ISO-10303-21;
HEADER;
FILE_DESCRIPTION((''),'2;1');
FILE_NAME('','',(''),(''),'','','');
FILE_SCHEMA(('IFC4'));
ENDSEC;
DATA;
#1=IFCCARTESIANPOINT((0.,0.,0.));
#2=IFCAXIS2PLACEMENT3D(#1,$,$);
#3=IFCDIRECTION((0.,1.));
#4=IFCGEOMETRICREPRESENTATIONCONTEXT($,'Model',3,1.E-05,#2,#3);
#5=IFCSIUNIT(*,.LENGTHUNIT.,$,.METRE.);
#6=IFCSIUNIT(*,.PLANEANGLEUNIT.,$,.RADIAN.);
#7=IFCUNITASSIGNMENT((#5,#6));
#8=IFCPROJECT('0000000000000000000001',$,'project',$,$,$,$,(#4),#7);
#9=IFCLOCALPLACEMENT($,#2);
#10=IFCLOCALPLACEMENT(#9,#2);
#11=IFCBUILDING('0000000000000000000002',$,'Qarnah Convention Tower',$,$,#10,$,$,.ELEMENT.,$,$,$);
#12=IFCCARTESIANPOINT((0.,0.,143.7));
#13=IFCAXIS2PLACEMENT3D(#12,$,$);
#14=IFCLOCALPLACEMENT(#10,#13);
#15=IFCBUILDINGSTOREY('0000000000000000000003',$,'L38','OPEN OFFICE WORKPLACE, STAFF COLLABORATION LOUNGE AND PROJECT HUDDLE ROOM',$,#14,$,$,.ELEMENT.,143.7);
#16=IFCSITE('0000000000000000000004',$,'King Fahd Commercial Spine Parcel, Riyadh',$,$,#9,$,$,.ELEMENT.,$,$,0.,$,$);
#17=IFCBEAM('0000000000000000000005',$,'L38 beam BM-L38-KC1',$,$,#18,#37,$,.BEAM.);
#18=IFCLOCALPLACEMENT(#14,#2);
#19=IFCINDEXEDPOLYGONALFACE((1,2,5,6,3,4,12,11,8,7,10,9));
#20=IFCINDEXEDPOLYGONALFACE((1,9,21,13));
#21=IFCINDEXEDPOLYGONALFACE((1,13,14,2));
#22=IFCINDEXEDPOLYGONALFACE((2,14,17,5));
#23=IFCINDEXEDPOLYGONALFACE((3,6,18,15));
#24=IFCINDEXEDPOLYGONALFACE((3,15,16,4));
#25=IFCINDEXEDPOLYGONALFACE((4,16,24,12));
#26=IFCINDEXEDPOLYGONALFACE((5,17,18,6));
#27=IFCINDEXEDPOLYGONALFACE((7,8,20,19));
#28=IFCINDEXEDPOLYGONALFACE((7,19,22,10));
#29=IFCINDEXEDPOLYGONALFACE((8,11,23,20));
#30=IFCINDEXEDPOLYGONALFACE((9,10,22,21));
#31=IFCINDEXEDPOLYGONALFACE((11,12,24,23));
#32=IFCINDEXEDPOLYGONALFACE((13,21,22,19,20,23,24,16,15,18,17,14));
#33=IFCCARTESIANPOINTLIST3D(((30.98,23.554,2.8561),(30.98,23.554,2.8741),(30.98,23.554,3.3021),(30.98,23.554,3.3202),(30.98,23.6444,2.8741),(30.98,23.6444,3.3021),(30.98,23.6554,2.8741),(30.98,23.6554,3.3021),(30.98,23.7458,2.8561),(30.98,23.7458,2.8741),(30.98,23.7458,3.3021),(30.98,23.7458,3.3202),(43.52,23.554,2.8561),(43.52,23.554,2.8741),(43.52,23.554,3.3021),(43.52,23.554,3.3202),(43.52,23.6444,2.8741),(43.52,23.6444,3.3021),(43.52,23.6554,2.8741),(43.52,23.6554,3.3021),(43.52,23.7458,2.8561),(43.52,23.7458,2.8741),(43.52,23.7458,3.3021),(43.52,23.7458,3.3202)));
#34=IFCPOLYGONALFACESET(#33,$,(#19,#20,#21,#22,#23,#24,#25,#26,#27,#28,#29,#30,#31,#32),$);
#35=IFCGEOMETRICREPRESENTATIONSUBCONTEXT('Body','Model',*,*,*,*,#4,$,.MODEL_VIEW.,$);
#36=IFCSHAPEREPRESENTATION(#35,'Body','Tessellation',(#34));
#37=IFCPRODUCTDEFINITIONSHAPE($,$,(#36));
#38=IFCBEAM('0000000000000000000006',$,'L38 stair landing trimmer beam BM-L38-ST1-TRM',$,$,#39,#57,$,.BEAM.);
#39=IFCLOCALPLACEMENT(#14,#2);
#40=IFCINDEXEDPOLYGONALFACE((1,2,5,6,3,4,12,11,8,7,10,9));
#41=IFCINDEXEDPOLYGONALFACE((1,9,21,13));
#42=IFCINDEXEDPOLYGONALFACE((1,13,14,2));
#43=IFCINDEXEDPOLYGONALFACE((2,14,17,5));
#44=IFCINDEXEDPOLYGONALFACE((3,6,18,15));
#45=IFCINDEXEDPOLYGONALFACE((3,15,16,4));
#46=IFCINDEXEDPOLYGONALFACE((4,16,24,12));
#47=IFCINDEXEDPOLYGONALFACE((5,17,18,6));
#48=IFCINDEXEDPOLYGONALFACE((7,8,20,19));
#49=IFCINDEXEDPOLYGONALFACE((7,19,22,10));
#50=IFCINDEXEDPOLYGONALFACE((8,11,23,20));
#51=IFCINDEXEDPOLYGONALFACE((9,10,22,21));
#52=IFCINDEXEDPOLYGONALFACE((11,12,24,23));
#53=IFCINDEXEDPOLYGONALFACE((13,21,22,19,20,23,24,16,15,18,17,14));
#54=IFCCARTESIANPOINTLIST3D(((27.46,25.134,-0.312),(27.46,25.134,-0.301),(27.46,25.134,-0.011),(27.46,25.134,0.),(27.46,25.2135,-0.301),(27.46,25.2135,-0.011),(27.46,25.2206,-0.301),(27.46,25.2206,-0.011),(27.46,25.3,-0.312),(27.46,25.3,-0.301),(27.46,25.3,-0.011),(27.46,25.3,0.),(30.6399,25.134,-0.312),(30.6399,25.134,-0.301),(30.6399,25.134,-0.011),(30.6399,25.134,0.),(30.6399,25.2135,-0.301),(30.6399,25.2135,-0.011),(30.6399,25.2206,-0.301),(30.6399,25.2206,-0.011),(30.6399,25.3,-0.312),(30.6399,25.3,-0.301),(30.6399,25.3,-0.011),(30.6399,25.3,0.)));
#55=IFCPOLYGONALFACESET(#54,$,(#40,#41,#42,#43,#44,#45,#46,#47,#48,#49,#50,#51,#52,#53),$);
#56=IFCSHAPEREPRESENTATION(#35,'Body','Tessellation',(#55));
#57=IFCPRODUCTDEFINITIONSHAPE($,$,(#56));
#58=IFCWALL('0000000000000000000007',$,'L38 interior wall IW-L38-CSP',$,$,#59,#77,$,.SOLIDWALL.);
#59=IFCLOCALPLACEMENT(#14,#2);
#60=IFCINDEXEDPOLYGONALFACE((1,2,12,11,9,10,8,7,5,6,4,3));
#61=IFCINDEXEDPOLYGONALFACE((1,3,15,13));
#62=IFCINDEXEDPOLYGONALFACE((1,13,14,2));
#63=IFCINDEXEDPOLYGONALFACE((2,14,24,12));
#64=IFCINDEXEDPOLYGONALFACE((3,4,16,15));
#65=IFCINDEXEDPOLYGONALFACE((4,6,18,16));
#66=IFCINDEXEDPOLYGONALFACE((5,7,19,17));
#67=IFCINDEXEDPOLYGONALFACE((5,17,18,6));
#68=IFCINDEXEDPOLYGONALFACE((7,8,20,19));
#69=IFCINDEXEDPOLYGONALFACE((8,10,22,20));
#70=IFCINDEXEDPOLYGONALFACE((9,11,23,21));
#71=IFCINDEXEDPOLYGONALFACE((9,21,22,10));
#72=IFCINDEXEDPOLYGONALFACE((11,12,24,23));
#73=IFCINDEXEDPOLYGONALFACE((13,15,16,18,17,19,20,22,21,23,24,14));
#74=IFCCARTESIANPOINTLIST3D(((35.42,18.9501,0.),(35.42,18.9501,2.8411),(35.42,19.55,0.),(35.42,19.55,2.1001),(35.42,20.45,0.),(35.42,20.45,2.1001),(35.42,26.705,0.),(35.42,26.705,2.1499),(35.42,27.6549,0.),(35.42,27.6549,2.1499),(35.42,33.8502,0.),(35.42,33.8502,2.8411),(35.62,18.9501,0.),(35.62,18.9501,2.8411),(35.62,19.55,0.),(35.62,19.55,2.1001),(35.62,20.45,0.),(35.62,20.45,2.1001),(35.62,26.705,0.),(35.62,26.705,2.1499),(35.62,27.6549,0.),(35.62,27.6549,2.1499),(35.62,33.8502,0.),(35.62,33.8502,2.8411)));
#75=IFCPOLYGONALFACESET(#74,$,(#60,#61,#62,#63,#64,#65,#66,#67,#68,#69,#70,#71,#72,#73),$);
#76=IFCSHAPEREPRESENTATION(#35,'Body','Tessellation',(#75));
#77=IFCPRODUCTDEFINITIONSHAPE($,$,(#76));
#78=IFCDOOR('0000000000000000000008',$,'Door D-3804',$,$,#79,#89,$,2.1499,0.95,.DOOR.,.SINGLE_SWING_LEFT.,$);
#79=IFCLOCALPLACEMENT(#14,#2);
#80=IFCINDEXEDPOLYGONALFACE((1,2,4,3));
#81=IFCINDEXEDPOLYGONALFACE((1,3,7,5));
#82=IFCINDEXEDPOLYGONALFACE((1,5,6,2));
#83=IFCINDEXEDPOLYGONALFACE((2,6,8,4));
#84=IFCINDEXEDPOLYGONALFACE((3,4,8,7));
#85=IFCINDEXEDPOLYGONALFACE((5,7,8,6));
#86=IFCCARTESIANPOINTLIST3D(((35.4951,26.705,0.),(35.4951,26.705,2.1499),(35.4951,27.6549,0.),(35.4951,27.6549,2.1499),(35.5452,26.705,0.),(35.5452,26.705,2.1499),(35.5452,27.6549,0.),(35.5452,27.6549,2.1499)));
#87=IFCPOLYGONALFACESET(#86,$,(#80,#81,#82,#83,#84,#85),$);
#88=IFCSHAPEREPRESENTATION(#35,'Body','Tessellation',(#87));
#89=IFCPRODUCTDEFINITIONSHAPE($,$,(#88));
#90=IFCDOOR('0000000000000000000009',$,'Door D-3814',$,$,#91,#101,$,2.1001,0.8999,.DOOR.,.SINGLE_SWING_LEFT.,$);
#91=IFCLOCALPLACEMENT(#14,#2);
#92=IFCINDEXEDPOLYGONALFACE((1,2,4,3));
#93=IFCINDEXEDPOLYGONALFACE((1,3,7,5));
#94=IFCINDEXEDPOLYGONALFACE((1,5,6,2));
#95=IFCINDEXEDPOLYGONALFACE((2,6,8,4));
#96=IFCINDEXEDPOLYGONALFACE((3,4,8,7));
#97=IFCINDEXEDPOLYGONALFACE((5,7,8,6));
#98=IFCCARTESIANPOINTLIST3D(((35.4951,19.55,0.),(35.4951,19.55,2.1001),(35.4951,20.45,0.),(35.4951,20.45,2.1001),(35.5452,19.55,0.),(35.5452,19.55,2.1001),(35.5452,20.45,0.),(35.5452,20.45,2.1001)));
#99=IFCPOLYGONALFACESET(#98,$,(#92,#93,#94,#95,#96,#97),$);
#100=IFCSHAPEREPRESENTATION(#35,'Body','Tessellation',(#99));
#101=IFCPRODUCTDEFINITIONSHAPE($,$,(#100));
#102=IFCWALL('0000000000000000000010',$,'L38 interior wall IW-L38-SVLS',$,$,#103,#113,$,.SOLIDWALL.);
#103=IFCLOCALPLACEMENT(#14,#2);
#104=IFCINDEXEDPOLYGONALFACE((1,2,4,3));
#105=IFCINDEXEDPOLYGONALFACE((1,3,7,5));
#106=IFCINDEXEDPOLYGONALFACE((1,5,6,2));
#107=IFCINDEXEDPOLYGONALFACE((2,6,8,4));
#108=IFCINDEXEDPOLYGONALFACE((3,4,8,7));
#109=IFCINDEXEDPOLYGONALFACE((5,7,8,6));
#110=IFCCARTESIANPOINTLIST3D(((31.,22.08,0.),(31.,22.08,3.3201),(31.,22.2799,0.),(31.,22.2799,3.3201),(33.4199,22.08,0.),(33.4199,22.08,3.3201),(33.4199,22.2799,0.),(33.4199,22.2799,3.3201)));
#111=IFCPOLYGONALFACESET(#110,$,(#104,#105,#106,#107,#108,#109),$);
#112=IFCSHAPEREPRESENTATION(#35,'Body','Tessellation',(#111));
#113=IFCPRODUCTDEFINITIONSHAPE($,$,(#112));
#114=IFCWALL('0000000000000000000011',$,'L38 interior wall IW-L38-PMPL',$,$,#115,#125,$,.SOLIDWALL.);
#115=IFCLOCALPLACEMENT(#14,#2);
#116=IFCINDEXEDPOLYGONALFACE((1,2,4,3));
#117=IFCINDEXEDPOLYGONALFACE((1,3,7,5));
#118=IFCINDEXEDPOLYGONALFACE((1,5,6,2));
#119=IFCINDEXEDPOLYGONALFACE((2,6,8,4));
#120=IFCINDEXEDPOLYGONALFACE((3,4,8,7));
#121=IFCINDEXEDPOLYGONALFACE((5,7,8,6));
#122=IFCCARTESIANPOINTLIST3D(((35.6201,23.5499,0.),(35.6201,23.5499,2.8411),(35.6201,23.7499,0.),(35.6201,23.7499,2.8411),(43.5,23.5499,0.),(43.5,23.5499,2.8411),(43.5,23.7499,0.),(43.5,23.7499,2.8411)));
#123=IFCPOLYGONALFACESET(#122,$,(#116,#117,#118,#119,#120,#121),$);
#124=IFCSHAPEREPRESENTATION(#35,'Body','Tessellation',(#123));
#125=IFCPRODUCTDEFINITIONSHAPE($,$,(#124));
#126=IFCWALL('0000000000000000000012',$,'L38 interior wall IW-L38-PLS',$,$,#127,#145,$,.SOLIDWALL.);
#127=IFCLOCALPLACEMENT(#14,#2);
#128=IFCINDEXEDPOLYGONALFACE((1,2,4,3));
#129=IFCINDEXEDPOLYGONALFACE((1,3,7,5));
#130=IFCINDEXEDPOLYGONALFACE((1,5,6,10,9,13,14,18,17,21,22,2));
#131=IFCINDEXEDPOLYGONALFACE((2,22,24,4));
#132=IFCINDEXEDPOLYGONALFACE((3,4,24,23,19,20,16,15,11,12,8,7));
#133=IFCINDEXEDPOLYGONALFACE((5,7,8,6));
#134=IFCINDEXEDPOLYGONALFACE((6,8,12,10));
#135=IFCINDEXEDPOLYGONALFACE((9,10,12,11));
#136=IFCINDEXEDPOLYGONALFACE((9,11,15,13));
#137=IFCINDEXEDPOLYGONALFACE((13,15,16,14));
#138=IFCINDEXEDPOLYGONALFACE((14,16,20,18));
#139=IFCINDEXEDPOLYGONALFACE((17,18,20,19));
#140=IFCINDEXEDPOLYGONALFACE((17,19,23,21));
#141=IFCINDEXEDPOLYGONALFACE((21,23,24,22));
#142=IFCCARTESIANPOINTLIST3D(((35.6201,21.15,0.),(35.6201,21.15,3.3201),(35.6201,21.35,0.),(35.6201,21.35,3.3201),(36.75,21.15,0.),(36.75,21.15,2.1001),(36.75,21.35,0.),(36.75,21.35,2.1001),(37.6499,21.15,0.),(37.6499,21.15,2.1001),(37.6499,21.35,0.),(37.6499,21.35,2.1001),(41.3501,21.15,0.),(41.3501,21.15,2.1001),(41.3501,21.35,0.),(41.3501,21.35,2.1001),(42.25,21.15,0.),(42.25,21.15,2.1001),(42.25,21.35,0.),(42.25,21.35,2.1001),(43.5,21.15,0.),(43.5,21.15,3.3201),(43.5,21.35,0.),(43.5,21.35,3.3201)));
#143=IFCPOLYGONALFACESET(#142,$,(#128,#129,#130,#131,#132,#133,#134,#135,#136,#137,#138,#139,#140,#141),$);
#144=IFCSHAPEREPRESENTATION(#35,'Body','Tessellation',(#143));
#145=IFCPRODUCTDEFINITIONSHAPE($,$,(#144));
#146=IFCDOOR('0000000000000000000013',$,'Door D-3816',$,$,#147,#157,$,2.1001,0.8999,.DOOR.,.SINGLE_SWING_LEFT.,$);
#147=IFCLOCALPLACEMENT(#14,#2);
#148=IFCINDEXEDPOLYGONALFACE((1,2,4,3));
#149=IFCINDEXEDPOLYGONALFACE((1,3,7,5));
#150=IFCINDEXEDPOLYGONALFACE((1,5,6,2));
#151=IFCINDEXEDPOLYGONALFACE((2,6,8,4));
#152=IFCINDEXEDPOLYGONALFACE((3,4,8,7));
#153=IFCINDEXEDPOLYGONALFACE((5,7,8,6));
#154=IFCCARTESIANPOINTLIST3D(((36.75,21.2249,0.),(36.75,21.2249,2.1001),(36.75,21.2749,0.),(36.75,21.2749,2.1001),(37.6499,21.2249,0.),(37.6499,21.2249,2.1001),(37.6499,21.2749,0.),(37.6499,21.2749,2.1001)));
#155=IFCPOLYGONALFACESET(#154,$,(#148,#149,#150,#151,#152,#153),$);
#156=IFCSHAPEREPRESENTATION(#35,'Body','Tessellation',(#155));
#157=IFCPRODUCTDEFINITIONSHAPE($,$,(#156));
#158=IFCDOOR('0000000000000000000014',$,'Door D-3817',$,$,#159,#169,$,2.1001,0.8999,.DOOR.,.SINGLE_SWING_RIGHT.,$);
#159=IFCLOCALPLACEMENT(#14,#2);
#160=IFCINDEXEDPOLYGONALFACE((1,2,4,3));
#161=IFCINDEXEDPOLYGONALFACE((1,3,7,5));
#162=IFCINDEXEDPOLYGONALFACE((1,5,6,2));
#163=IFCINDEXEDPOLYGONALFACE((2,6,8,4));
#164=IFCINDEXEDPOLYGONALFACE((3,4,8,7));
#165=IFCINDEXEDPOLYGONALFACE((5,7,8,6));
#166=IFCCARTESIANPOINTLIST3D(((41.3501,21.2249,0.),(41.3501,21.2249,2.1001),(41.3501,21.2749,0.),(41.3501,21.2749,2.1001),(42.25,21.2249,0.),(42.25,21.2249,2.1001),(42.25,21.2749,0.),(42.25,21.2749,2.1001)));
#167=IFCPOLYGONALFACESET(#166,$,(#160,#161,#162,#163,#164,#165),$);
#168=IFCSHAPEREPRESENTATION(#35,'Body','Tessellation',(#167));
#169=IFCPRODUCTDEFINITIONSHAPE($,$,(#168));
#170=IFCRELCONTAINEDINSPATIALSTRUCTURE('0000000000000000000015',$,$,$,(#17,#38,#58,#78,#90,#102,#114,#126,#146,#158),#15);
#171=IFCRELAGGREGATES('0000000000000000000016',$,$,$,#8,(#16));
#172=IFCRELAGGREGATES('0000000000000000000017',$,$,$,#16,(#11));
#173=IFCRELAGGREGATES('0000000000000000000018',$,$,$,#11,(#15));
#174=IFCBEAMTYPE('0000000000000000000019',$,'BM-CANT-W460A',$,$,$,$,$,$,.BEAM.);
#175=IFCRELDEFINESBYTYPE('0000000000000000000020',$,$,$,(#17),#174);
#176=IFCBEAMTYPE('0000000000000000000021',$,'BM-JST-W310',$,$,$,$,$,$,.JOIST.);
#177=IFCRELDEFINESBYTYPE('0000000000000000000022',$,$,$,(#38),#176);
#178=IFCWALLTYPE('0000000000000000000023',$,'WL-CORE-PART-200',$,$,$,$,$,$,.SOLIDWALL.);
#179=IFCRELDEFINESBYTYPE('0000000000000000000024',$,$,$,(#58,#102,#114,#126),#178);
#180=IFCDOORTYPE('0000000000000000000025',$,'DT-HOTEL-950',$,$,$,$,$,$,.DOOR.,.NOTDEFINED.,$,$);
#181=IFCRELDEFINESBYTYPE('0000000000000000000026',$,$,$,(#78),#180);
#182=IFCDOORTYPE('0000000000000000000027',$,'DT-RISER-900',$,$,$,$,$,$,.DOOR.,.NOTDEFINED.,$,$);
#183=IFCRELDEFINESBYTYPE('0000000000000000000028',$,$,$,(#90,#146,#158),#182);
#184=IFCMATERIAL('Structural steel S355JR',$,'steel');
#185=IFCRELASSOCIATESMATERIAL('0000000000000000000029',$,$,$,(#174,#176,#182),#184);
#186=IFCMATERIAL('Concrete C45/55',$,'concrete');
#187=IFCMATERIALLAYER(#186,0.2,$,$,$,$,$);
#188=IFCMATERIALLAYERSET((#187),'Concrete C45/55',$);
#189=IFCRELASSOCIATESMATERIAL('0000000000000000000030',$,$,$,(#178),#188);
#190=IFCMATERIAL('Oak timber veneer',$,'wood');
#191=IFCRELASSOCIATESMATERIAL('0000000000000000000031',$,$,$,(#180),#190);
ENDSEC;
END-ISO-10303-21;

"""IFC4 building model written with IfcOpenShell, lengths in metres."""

from ifc_helpers import new_model, si_unit, direction, frame, frame_2d, origin, origin_2d, place, context, subcontext, project, spatial, rectangle, i_section, extrude, material, layer, layer_set, material_profile, profile_set, type_object, element, fill, save


model = new_model("IFC4")

# Units and contexts
model_context = context("Model", 3, precision=1e-05, world=origin(), true_north=direction((0.0, 1.0)))
body_context = subcontext(model_context, "Body", "Model", "MODEL_VIEW")
ifc_project = project(units=[si_unit("LENGTHUNIT", "METRE"), si_unit("PLANEANGLEUNIT", "RADIAN")], contexts=[model_context])

# Site, building, storey
site_placement = place(None, origin())
site = spatial("IfcSite", under=ifc_project, at=site_placement, Name="King Fahd Commercial Spine Parcel, Riyadh", CompositionType="ELEMENT", RefElevation=0.0)
building_placement = place(site_placement, origin())
building = spatial("IfcBuilding", under=site, at=building_placement, Name="Qarnah Convention Tower", CompositionType="ELEMENT")
storey_placement = place(building_placement, frame((0.0, 0.0, 143.7)))
storey = spatial("IfcBuildingStorey", under=building, at=storey_placement, Name="L38", Description="OPEN OFFICE WORKPLACE, STAFF COLLABORATION LOUNGE AND PROJECT HUDDLE ROOM", CompositionType="ELEMENT", Elevation=143.7)

# Beams
ifc_material_1 = material(Name="Structural steel S355JR", Category="steel")
ifc_material_profile_1 = material_profile(ifc_material_1, i_section(OverallWidth=0.1919, OverallDepth=0.4641, WebThickness=0.011, FlangeThickness=0.0181, at=origin_2d()), Name="W460X89")
ifc_profile_set_1 = profile_set([ifc_material_profile_1], Name="Structural steel S355JR")
beam_type_1 = type_object("IfcBeamType", Name="BM-CANT-W460A", PredefinedType="BEAM", material=ifc_profile_set_1)
beam_1_placement = place(storey_placement, frame((30.98, 23.6499, 3.0881), z_axis=(1.0, 0.0, 0.0), x_axis=(0.0, 1.0, 0.0)))
element("IfcBeam", 1, at=beam_1_placement, inside=storey, type_object=beam_type_1, Name="L38 beam BM-L38-KC1", PredefinedType="BEAM", context=body_context, shape_type="SweptSolid", body=[
    extrude(i_section(OverallWidth=0.1919, OverallDepth=0.4641, WebThickness=0.011, FlangeThickness=0.0181, at=origin_2d()), origin(), (0.0, 0.0, 1.0), 12.54),
])
ifc_material_profile_2 = material_profile(ifc_material_1, i_section(OverallWidth=0.166, OverallDepth=0.312, WebThickness=0.0071, FlangeThickness=0.011, at=origin_2d()), Name="W310X45")
ifc_profile_set_2 = profile_set([ifc_material_profile_2], Name="Structural steel S355JR")
beam_type_2 = type_object("IfcBeamType", Name="BM-JST-W310", PredefinedType="JOIST", material=ifc_profile_set_2)
beam_2_placement = place(storey_placement, frame((27.46, 25.217, -0.156), z_axis=(1.0, 0.0, 0.0), x_axis=(0.0, 1.0, 0.0)))
element("IfcBeam", 2, at=beam_2_placement, inside=storey, type_object=beam_type_2, Name="L38 stair landing trimmer beam BM-L38-ST1-TRM", PredefinedType="BEAM", context=body_context, shape_type="SweptSolid", body=[
    extrude(i_section(OverallWidth=0.166, OverallDepth=0.312, WebThickness=0.0071, FlangeThickness=0.011, at=origin_2d()), origin(), (0.0, 0.0, 1.0), 3.1799),
])

# Wall, openings, doors
ifc_material_2 = material(Name="Concrete C45/55", Category="concrete")
ifc_layer_1 = layer(ifc_material_2, 0.2)
ifc_layer_set_1 = layer_set([ifc_layer_1], Name="Concrete C45/55")
wall_type_1 = type_object("IfcWallType", Name="WL-CORE-PART-200", PredefinedType="SOLIDWALL", material=ifc_layer_set_1)
wall_1_placement = place(storey_placement, frame((35.52, 18.95, 0.0), z_axis=(0.0, 0.0, 1.0), x_axis=(0.0, 1.0, 0.0)))
wall_1 = element("IfcWall", 3, at=wall_1_placement, inside=storey, type_object=wall_type_1, Name="L38 interior wall IW-L38-CSP", PredefinedType="SOLIDWALL", context=body_context, shape_type="SweptSolid", body=[
    extrude(rectangle(XDim=14.9001, YDim=0.2, at=frame_2d((7.4502, 0.0))), origin(), (0.0, 0.0, 1.0), 2.8411),
])
opening_1_placement = place(wall_1_placement, frame((7.7549, 0.0, 0.0)))
opening_1 = element("IfcOpeningElement", 4, at=opening_1_placement, cuts=wall_1, PredefinedType="OPENING", context=body_context, shape_type="SweptSolid", body=[
    extrude(rectangle(XDim=0.95, YDim=2.1499, at=frame_2d((0.4751, 1.075))), frame((0.0, 0.1099, 0.0), z_axis=(0.0, -1.0, 0.0), x_axis=(1.0, 0.0, 0.0)), (0.0, 0.0, 1.0), 0.22),
])
opening_2_placement = place(wall_1_placement, frame((0.6001, 0.0, 0.0)))
opening_2 = element("IfcOpeningElement", 5, at=opening_2_placement, cuts=wall_1, PredefinedType="OPENING", context=body_context, shape_type="SweptSolid", body=[
    extrude(rectangle(XDim=0.8999, YDim=2.1001, at=frame_2d((0.45, 1.05))), frame((0.0, 0.1099, 0.0), z_axis=(0.0, -1.0, 0.0), x_axis=(1.0, 0.0, 0.0)), (0.0, 0.0, 1.0), 0.22),
])
ifc_material_3 = material(Name="Oak timber veneer", Category="wood")
door_type_1 = type_object("IfcDoorType", Name="DT-HOTEL-950", OperationType="NOTDEFINED", PredefinedType="DOOR", material=ifc_material_3)
door_1_placement = place(opening_1_placement, origin())
door_1 = element("IfcDoor", 6, at=door_1_placement, inside=storey, type_object=door_type_1, Name="Door D-3804", OperationType="SINGLE_SWING_LEFT", OverallHeight=2.1499, OverallWidth=0.95, PredefinedType="DOOR", context=body_context, shape_type="SweptSolid", body=[
    extrude(rectangle(XDim=0.95, YDim=2.1499, at=frame_2d((0.4751, 1.075))), frame((0.0, 0.0249, 0.0), z_axis=(0.0, -1.0, 0.0), x_axis=(1.0, 0.0, 0.0)), (0.0, 0.0, 1.0), 0.05),
])
fill(opening_1, door_1)
door_type_2 = type_object("IfcDoorType", Name="DT-RISER-900", OperationType="NOTDEFINED", PredefinedType="DOOR", material=ifc_material_1)
door_2_placement = place(opening_2_placement, origin())
door_2 = element("IfcDoor", 7, at=door_2_placement, inside=storey, type_object=door_type_2, Name="Door D-3814", OperationType="SINGLE_SWING_LEFT", OverallHeight=2.1001, OverallWidth=0.8999, PredefinedType="DOOR", context=body_context, shape_type="SweptSolid", body=[
    extrude(rectangle(XDim=0.8999, YDim=2.1001, at=frame_2d((0.45, 1.05))), frame((0.0, 0.0249, 0.0), z_axis=(0.0, -1.0, 0.0), x_axis=(1.0, 0.0, 0.0)), (0.0, 0.0, 1.0), 0.05),
])
fill(opening_2, door_2)

# Walls
wall_2_placement = place(storey_placement, frame((31.0, 22.1799, 0.0), z_axis=(0.0, 0.0, 1.0), x_axis=(1.0, 0.0, 0.0)))
element("IfcWall", 8, at=wall_2_placement, inside=storey, type_object=wall_type_1, Name="L38 interior wall IW-L38-SVLS", PredefinedType="SOLIDWALL", context=body_context, shape_type="SweptSolid", body=[
    extrude(rectangle(XDim=2.4199, YDim=0.2, at=frame_2d((1.21, 0.0))), origin(), (0.0, 0.0, 1.0), 3.3201),
])
wall_3_placement = place(storey_placement, frame((35.6201, 23.6499, 0.0), z_axis=(0.0, 0.0, 1.0), x_axis=(1.0, 0.0, 0.0)))
element("IfcWall", 9, at=wall_3_placement, inside=storey, type_object=wall_type_1, Name="L38 interior wall IW-L38-PMPL", PredefinedType="SOLIDWALL", context=body_context, shape_type="SweptSolid", body=[
    extrude(rectangle(XDim=7.8799, YDim=0.2, at=frame_2d((3.9399, 0.0))), origin(), (0.0, 0.0, 1.0), 2.8411),
])

# Wall, openings, doors
wall_4_placement = place(storey_placement, frame((35.6201, 21.25, 0.0), z_axis=(0.0, 0.0, 1.0), x_axis=(1.0, 0.0, 0.0)))
wall_4 = element("IfcWall", 10, at=wall_4_placement, inside=storey, type_object=wall_type_1, Name="L38 interior wall IW-L38-PLS", PredefinedType="SOLIDWALL", context=body_context, shape_type="SweptSolid", body=[
    extrude(rectangle(XDim=7.8799, YDim=0.2, at=frame_2d((3.9399, 0.0))), origin(), (0.0, 0.0, 1.0), 3.3201),
])
opening_3_placement = place(wall_4_placement, frame((1.1299, 0.0, 0.0)))
opening_3 = element("IfcOpeningElement", 11, at=opening_3_placement, cuts=wall_4, PredefinedType="OPENING", context=body_context, shape_type="SweptSolid", body=[
    extrude(rectangle(XDim=0.8999, YDim=2.1001, at=frame_2d((0.45, 1.05))), frame((0.0, 0.1099, 0.0), z_axis=(0.0, -1.0, 0.0), x_axis=(1.0, 0.0, 0.0)), (0.0, 0.0, 1.0), 0.22),
])
opening_4_placement = place(wall_4_placement, frame((5.73, 0.0, 0.0)))
opening_4 = element("IfcOpeningElement", 12, at=opening_4_placement, cuts=wall_4, PredefinedType="OPENING", context=body_context, shape_type="SweptSolid", body=[
    extrude(rectangle(XDim=0.8999, YDim=2.1001, at=frame_2d((0.45, 1.05))), frame((0.0, 0.1099, 0.0), z_axis=(0.0, -1.0, 0.0), x_axis=(1.0, 0.0, 0.0)), (0.0, 0.0, 1.0), 0.22),
])
door_3_placement = place(opening_3_placement, origin())
door_3 = element("IfcDoor", 13, at=door_3_placement, inside=storey, type_object=door_type_2, Name="Door D-3816", OperationType="SINGLE_SWING_LEFT", OverallHeight=2.1001, OverallWidth=0.8999, PredefinedType="DOOR", context=body_context, shape_type="SweptSolid", body=[
    extrude(rectangle(XDim=0.8999, YDim=2.1001, at=frame_2d((0.45, 1.05))), frame((0.0, 0.0249, 0.0), z_axis=(0.0, -1.0, 0.0), x_axis=(1.0, 0.0, 0.0)), (0.0, 0.0, 1.0), 0.05),
])
fill(opening_3, door_3)
door_4_placement = place(opening_4_placement, origin())
door_4 = element("IfcDoor", 14, at=door_4_placement, inside=storey, type_object=door_type_2, Name="Door D-3817", OperationType="SINGLE_SWING_RIGHT", OverallHeight=2.1001, OverallWidth=0.8999, PredefinedType="DOOR", context=body_context, shape_type="SweptSolid", body=[
    extrude(rectangle(XDim=0.8999, YDim=2.1001, at=frame_2d((0.45, 1.05))), frame((0.0, 0.0249, 0.0), z_axis=(0.0, -1.0, 0.0), x_axis=(1.0, 0.0, 0.0)), (0.0, 0.0, 1.0), 0.05),
])
fill(opening_4, door_4)

save(model, "model.ifc")
